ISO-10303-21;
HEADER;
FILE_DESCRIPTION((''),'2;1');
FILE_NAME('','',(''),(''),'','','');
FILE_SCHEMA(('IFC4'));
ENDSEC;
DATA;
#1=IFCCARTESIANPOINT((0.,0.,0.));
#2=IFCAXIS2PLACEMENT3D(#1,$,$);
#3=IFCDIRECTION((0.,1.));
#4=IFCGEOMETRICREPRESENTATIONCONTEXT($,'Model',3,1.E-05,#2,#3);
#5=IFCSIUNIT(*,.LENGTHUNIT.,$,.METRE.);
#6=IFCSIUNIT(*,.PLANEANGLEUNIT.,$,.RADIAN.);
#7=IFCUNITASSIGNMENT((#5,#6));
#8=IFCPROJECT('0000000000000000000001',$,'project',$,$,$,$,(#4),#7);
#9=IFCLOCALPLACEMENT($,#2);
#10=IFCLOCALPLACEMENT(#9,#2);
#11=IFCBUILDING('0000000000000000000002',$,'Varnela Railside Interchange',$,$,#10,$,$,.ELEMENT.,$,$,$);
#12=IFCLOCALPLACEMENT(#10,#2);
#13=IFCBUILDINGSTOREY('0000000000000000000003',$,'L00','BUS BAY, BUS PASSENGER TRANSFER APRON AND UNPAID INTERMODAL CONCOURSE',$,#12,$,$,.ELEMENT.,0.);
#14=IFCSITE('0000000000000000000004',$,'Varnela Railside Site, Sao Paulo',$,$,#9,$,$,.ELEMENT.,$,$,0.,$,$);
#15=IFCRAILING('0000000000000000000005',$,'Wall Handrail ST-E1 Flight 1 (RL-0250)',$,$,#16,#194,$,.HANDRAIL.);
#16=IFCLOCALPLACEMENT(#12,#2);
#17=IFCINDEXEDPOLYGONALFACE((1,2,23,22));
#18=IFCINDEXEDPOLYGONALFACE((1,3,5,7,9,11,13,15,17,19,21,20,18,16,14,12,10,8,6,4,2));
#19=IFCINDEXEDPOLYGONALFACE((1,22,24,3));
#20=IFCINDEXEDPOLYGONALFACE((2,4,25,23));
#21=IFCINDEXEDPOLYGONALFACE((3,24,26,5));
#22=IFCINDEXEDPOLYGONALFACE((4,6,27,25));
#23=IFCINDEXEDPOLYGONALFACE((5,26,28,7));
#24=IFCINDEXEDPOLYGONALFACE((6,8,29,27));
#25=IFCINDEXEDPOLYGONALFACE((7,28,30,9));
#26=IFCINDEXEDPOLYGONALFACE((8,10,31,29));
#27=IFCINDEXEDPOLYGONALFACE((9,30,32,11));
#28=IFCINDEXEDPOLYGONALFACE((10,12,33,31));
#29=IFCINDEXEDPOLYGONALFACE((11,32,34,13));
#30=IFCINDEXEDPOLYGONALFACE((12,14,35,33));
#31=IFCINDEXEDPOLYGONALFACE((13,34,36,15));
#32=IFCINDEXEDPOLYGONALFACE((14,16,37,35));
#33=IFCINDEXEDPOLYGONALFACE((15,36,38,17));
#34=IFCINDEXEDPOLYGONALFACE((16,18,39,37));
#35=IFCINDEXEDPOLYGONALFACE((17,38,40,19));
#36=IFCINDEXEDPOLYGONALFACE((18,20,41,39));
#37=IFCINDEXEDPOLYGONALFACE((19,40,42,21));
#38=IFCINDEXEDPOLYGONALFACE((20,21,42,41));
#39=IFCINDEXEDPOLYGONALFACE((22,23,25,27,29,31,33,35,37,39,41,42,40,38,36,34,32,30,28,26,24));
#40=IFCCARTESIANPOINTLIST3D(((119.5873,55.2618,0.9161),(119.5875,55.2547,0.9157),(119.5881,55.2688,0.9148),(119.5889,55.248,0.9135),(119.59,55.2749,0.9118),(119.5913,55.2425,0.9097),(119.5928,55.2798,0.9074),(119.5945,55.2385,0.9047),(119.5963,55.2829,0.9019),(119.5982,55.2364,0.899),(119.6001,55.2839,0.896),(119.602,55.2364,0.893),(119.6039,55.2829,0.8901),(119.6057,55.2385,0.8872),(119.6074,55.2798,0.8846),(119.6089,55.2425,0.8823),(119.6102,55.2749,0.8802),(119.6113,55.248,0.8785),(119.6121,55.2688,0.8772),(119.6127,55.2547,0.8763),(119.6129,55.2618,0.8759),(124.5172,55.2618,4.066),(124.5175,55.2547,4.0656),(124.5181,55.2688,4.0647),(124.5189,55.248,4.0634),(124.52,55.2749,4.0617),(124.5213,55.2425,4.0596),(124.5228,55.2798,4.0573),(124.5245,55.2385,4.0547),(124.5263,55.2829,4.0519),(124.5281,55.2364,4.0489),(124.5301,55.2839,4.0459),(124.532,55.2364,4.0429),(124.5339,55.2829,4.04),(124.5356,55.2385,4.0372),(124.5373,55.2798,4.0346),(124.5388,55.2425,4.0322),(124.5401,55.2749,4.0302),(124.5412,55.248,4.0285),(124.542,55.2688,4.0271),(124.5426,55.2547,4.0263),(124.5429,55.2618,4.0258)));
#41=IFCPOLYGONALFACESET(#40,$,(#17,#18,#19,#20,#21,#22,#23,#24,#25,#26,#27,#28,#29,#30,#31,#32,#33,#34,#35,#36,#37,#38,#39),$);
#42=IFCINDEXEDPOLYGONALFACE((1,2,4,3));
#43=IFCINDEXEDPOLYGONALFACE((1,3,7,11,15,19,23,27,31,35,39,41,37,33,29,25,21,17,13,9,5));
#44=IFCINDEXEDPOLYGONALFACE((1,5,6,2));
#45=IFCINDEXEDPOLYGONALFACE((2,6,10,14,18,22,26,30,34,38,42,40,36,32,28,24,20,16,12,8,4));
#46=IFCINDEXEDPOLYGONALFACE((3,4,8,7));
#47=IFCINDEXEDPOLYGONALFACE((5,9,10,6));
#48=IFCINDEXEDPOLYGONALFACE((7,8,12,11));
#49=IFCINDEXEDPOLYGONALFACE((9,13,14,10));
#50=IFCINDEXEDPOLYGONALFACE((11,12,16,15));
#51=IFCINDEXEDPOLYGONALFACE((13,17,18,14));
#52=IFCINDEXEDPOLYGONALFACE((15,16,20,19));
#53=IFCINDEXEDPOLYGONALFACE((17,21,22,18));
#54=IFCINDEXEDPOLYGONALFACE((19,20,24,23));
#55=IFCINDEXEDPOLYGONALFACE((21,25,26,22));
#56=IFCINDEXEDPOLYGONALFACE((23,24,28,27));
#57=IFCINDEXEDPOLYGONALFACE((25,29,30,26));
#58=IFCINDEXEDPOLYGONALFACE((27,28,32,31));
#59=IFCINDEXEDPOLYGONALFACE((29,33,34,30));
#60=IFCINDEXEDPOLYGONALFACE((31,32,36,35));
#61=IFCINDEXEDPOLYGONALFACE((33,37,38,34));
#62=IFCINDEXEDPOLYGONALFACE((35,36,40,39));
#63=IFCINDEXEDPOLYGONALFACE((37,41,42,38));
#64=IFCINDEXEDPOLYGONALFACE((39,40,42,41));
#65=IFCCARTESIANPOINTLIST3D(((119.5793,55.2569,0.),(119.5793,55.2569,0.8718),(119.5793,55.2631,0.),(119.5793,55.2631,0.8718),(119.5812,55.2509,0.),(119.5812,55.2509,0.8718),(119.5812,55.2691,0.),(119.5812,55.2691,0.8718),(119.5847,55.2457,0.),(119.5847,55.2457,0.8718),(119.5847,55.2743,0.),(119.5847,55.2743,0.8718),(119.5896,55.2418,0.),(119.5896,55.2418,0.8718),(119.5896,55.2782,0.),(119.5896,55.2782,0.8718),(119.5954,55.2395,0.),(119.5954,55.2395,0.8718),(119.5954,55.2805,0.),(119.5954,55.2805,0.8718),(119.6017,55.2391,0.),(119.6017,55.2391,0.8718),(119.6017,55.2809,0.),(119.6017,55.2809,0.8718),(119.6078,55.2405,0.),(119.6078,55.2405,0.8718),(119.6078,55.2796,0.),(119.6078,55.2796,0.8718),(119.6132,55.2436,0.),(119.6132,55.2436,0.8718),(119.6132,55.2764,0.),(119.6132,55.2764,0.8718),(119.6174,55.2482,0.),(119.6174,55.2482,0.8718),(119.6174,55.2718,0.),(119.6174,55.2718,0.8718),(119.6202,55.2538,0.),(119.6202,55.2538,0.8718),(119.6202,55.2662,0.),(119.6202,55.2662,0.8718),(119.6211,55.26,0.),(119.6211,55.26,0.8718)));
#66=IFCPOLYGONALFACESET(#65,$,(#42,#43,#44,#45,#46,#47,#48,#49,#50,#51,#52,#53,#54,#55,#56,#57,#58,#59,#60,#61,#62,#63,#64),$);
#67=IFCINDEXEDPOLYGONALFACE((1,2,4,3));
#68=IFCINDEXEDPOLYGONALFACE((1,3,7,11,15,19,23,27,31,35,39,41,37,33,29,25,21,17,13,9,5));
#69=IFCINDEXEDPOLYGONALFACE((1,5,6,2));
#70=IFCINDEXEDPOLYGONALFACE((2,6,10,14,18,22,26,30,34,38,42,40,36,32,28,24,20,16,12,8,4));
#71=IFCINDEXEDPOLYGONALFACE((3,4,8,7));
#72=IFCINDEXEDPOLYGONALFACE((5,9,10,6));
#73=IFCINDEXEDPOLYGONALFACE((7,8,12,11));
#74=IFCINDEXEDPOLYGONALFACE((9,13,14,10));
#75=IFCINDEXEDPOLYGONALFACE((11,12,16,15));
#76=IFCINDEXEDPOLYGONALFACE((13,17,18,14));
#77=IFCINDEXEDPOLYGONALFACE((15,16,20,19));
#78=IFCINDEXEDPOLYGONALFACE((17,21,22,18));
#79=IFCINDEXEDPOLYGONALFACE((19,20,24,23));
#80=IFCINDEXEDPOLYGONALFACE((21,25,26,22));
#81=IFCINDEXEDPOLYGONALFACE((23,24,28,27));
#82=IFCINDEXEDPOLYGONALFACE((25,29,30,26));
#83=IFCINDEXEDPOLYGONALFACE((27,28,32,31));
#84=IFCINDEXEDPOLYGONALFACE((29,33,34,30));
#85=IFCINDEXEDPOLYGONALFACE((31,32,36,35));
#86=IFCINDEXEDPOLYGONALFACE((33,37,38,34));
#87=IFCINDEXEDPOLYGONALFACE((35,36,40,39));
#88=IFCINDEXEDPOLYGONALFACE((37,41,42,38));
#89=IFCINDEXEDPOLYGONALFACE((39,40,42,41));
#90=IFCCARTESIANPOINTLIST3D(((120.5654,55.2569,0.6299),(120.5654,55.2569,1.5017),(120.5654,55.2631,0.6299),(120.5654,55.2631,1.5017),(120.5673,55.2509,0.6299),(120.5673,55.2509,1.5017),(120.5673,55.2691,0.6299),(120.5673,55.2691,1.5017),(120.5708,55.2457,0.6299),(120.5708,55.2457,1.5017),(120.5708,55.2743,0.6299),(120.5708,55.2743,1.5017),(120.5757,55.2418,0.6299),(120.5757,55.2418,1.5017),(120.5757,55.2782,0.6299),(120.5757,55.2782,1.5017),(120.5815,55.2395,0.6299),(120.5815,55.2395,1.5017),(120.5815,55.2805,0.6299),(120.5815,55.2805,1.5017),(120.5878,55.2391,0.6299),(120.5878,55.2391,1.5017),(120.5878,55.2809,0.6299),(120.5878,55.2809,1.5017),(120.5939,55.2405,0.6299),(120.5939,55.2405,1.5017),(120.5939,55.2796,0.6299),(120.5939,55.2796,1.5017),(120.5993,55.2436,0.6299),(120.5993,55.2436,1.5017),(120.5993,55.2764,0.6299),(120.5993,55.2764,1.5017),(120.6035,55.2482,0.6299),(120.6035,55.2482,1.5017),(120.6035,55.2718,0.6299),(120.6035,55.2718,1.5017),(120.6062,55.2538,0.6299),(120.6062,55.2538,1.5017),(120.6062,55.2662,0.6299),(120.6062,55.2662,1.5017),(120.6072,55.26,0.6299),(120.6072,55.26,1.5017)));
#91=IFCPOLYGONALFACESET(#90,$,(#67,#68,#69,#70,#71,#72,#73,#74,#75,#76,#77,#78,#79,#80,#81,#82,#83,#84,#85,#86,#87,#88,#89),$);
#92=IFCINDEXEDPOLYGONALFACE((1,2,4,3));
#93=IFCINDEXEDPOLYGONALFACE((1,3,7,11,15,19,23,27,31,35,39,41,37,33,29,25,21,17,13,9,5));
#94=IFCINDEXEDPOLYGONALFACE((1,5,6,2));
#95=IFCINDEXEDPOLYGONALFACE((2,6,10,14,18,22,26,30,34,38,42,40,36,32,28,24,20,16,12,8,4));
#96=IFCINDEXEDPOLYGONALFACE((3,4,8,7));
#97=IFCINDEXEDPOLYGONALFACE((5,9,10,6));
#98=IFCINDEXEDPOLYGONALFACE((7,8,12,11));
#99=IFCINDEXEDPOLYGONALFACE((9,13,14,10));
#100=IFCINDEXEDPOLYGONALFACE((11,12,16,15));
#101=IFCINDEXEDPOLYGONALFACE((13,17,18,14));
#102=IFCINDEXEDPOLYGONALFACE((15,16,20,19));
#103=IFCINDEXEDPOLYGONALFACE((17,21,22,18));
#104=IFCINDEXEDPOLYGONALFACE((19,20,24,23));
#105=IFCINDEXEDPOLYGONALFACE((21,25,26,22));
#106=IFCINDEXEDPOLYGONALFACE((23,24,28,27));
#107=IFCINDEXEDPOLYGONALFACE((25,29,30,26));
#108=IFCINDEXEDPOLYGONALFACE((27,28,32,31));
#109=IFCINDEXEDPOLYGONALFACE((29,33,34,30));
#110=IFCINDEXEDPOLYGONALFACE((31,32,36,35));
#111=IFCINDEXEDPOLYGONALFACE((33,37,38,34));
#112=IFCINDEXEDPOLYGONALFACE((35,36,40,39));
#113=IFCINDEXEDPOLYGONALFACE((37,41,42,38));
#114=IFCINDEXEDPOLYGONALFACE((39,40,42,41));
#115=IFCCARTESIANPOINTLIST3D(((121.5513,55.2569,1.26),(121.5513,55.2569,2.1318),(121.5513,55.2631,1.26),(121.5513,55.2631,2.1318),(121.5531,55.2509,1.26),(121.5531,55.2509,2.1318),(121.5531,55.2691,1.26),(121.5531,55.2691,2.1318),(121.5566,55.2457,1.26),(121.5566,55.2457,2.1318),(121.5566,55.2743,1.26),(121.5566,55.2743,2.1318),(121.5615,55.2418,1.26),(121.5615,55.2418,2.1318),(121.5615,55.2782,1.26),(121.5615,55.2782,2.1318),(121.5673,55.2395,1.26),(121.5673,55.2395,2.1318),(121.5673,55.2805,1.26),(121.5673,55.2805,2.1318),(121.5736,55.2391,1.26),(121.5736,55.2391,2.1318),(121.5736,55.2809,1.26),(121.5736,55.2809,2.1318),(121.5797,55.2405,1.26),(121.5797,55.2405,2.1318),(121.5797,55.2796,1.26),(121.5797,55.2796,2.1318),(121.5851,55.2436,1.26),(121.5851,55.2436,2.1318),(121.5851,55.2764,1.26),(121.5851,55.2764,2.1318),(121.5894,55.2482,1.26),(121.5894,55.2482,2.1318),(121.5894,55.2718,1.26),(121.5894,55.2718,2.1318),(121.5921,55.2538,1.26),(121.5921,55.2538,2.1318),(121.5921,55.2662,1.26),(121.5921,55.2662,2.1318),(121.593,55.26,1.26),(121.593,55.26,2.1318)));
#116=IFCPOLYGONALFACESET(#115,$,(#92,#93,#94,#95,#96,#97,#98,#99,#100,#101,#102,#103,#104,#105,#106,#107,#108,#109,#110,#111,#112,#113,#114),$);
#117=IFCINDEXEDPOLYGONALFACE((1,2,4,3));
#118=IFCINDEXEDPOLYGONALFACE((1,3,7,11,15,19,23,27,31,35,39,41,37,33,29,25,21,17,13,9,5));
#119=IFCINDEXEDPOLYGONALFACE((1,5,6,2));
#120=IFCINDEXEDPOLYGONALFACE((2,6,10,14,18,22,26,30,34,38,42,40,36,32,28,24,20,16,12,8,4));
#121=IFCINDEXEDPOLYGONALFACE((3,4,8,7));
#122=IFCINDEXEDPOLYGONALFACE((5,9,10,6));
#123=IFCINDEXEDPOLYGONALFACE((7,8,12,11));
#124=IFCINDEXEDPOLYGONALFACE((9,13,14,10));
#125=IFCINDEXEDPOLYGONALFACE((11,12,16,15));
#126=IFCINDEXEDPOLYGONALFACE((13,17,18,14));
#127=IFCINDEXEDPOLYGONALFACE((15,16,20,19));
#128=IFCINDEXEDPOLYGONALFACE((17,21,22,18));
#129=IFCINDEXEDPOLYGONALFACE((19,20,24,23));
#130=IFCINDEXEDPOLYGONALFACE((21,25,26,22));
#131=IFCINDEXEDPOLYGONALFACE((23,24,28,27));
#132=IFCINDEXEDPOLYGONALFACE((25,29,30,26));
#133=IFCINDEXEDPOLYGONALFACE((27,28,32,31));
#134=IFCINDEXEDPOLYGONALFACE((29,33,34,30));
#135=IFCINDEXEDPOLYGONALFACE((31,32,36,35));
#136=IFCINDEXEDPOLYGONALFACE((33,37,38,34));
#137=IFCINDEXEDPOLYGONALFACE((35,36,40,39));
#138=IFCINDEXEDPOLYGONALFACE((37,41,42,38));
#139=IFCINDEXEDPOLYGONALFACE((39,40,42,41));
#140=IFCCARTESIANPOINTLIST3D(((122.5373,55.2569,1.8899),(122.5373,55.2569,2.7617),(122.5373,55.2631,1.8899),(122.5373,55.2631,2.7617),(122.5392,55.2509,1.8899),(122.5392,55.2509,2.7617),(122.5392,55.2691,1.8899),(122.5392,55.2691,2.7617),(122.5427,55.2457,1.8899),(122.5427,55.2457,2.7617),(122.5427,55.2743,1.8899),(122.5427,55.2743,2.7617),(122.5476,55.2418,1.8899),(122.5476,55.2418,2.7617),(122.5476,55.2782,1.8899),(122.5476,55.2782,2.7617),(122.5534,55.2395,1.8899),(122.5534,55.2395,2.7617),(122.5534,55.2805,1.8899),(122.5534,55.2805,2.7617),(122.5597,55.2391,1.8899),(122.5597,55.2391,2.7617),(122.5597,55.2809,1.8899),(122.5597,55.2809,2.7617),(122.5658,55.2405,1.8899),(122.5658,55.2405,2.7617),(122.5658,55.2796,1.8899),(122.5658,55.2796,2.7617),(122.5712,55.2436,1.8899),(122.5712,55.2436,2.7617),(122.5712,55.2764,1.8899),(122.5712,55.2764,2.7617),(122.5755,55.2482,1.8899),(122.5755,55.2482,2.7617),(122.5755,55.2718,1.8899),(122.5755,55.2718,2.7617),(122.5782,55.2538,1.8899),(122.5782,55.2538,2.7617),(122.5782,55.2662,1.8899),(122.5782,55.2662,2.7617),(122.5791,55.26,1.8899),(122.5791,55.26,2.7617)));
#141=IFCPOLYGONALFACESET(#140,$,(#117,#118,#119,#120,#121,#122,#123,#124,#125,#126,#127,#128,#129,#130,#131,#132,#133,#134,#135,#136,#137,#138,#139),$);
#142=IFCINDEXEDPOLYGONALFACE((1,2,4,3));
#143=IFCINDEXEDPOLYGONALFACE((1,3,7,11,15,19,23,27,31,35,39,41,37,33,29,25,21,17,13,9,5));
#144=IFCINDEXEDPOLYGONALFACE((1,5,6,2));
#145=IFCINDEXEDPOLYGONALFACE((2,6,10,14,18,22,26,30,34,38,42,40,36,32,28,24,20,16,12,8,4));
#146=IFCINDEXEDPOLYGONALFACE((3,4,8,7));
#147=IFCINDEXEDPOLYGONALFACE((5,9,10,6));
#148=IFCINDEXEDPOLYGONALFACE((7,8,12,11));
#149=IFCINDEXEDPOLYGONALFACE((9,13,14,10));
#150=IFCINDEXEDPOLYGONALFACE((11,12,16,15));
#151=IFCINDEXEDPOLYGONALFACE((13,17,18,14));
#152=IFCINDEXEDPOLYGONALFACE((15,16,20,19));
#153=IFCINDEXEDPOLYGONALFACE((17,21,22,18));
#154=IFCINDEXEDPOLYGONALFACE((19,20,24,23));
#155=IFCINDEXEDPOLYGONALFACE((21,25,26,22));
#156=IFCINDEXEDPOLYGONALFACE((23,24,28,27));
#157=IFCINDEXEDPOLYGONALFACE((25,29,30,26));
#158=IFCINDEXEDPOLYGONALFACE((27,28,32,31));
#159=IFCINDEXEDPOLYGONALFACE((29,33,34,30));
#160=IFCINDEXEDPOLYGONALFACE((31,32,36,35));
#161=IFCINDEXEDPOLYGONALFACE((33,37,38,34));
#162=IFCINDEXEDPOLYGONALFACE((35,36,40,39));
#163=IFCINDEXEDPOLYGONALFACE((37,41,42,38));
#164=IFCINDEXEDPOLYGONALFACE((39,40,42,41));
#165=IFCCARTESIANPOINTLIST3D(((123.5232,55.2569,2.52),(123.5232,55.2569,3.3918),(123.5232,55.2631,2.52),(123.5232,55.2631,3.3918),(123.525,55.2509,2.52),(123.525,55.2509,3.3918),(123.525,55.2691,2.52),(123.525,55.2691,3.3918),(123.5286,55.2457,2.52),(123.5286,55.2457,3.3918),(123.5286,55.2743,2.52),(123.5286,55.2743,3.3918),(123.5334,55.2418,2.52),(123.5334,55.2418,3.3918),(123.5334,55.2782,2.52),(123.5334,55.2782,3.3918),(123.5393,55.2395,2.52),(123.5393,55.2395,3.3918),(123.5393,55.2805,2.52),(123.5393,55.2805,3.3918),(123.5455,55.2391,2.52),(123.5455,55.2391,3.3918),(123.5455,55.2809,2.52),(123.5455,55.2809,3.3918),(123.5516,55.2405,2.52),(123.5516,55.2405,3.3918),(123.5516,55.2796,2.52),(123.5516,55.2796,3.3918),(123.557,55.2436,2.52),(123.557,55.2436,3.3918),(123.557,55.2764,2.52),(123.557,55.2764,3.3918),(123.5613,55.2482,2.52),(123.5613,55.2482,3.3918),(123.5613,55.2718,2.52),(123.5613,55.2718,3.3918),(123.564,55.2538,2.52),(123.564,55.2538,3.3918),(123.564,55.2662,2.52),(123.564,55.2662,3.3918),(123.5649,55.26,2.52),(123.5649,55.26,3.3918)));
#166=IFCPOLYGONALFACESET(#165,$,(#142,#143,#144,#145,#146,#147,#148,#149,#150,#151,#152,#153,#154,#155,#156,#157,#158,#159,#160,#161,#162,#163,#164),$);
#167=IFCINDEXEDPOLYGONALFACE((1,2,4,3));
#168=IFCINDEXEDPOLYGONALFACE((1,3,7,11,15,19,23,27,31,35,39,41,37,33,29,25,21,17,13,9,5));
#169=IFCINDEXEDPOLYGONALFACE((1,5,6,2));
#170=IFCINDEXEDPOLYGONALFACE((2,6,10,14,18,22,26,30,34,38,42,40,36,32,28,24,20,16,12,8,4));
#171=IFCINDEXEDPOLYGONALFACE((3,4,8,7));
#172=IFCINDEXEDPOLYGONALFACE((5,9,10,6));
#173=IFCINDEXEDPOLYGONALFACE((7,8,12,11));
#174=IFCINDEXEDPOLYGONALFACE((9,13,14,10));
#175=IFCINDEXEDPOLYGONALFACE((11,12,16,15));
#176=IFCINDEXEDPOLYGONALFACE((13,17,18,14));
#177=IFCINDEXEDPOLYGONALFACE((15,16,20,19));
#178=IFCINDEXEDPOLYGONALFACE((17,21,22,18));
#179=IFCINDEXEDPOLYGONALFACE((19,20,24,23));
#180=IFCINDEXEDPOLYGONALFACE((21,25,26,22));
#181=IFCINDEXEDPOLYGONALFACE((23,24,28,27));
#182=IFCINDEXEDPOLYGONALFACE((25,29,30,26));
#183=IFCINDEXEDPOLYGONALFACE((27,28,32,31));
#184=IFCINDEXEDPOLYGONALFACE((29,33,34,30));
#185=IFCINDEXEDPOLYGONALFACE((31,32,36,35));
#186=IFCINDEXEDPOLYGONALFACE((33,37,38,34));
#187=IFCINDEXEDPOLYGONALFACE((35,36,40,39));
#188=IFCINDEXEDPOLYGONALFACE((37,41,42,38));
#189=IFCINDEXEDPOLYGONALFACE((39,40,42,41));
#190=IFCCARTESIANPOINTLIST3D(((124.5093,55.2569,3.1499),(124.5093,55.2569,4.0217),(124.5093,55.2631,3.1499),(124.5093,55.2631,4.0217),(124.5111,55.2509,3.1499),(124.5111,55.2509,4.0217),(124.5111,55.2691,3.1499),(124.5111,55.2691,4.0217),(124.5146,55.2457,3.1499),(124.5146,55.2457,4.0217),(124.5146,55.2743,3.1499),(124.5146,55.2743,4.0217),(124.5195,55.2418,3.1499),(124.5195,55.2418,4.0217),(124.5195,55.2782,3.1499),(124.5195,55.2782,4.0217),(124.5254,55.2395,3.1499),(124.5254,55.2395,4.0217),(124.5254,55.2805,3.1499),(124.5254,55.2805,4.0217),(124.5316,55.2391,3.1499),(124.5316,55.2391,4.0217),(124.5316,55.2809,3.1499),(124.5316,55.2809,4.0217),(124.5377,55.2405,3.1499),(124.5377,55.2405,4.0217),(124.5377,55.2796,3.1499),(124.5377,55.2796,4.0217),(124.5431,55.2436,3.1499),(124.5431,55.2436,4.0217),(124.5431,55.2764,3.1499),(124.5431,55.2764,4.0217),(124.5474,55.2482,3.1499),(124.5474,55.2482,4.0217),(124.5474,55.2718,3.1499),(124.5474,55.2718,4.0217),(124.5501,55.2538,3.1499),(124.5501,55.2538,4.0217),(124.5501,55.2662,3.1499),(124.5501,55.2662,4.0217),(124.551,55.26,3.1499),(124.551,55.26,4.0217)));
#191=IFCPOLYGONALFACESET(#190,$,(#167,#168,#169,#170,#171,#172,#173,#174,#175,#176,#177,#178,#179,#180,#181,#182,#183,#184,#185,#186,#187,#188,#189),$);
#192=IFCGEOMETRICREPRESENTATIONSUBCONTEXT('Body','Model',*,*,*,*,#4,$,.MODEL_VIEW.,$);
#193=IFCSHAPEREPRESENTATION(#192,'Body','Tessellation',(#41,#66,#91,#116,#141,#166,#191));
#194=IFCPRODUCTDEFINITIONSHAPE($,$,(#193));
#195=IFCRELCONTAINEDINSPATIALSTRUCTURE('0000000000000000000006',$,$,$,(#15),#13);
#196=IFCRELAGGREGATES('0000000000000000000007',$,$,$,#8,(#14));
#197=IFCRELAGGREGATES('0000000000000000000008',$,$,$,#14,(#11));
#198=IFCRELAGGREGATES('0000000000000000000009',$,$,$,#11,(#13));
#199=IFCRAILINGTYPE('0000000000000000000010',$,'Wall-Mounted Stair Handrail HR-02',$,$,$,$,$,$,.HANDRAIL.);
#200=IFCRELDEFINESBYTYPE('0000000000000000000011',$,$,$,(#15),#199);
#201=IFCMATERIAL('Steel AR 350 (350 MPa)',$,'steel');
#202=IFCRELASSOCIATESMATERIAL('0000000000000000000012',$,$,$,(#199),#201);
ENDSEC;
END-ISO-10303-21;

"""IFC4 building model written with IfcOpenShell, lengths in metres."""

from ifc_helpers import new_model, si_unit, direction, frame, origin, origin_2d, place, context, subcontext, project, spatial, circle, extrude, material, type_object, element, save


model = new_model("IFC4")

# Units and contexts
model_context = context("Model", 3, precision=1e-05, world=origin(), true_north=direction((0.0, 1.0)))
body_context = subcontext(model_context, "Body", "Model", "MODEL_VIEW")
ifc_project = project(units=[si_unit("LENGTHUNIT", "METRE"), si_unit("PLANEANGLEUNIT", "RADIAN")], contexts=[model_context])

# Site, building, storey
site_placement = place(None, origin())
site = spatial("IfcSite", under=ifc_project, at=site_placement, Name="Varnela Railside Site, Sao Paulo", CompositionType="ELEMENT", RefElevation=0.0)
building_placement = place(site_placement, origin())
building = spatial("IfcBuilding", under=site, at=building_placement, Name="Varnela Railside Interchange", CompositionType="ELEMENT")
storey_placement = place(building_placement, origin())
storey = spatial("IfcBuildingStorey", under=building, at=storey_placement, Name="L00", Description="BUS BAY, BUS PASSENGER TRANSFER APRON AND UNPAID INTERMODAL CONCOURSE", CompositionType="ELEMENT", Elevation=0.0)

# Shared definitions
ifc_material_1 = material(Name="Steel AR 350 (350 MPa)", Category="steel")

# Railing
railing_type_1 = type_object("IfcRailingType", Name="Wall-Mounted Stair Handrail HR-02", PredefinedType="HANDRAIL", material=ifc_material_1)
railing_1_placement = place(storey_placement, frame((119.6001, 55.26, 0.0)))
element("IfcRailing", 1, at=railing_1_placement, inside=storey, type_object=railing_type_1, Name="Wall Handrail ST-E1 Flight 1 (RL-0250)", PredefinedType="HANDRAIL", context=body_context, shape_type="SweptSolid", body=[
    extrude(circle(Radius=0.0239, at=origin_2d()), frame((0.0, 0.0, 0.896), z_axis=(0.842679, 0.0, 0.538416), x_axis=(0.0, 1.0, 0.0)), (0.0, 0.0, 1.0), 5.8503),
    extrude(circle(Radius=0.021, at=origin_2d()), origin(), (0.0, 0.0, 1.0), 0.8718),
    extrude(circle(Radius=0.021, at=origin_2d()), frame((0.9861, 0.0, 0.6299)), (0.0, 0.0, 1.0), 0.8718),
    extrude(circle(Radius=0.021, at=origin_2d()), frame((1.9719, 0.0, 1.26)), (0.0, 0.0, 1.0), 0.8718),
    extrude(circle(Radius=0.021, at=origin_2d()), frame((2.958, 0.0, 1.8899)), (0.0, 0.0, 1.0), 0.8718),
    extrude(circle(Radius=0.021, at=origin_2d()), frame((3.9438, 0.0, 2.52)), (0.0, 0.0, 1.0), 0.8718),
    extrude(circle(Radius=0.021, at=origin_2d()), frame((4.9299, 0.0, 3.1499)), (0.0, 0.0, 1.0), 0.8718),
])

save(model, "model.ifc")
